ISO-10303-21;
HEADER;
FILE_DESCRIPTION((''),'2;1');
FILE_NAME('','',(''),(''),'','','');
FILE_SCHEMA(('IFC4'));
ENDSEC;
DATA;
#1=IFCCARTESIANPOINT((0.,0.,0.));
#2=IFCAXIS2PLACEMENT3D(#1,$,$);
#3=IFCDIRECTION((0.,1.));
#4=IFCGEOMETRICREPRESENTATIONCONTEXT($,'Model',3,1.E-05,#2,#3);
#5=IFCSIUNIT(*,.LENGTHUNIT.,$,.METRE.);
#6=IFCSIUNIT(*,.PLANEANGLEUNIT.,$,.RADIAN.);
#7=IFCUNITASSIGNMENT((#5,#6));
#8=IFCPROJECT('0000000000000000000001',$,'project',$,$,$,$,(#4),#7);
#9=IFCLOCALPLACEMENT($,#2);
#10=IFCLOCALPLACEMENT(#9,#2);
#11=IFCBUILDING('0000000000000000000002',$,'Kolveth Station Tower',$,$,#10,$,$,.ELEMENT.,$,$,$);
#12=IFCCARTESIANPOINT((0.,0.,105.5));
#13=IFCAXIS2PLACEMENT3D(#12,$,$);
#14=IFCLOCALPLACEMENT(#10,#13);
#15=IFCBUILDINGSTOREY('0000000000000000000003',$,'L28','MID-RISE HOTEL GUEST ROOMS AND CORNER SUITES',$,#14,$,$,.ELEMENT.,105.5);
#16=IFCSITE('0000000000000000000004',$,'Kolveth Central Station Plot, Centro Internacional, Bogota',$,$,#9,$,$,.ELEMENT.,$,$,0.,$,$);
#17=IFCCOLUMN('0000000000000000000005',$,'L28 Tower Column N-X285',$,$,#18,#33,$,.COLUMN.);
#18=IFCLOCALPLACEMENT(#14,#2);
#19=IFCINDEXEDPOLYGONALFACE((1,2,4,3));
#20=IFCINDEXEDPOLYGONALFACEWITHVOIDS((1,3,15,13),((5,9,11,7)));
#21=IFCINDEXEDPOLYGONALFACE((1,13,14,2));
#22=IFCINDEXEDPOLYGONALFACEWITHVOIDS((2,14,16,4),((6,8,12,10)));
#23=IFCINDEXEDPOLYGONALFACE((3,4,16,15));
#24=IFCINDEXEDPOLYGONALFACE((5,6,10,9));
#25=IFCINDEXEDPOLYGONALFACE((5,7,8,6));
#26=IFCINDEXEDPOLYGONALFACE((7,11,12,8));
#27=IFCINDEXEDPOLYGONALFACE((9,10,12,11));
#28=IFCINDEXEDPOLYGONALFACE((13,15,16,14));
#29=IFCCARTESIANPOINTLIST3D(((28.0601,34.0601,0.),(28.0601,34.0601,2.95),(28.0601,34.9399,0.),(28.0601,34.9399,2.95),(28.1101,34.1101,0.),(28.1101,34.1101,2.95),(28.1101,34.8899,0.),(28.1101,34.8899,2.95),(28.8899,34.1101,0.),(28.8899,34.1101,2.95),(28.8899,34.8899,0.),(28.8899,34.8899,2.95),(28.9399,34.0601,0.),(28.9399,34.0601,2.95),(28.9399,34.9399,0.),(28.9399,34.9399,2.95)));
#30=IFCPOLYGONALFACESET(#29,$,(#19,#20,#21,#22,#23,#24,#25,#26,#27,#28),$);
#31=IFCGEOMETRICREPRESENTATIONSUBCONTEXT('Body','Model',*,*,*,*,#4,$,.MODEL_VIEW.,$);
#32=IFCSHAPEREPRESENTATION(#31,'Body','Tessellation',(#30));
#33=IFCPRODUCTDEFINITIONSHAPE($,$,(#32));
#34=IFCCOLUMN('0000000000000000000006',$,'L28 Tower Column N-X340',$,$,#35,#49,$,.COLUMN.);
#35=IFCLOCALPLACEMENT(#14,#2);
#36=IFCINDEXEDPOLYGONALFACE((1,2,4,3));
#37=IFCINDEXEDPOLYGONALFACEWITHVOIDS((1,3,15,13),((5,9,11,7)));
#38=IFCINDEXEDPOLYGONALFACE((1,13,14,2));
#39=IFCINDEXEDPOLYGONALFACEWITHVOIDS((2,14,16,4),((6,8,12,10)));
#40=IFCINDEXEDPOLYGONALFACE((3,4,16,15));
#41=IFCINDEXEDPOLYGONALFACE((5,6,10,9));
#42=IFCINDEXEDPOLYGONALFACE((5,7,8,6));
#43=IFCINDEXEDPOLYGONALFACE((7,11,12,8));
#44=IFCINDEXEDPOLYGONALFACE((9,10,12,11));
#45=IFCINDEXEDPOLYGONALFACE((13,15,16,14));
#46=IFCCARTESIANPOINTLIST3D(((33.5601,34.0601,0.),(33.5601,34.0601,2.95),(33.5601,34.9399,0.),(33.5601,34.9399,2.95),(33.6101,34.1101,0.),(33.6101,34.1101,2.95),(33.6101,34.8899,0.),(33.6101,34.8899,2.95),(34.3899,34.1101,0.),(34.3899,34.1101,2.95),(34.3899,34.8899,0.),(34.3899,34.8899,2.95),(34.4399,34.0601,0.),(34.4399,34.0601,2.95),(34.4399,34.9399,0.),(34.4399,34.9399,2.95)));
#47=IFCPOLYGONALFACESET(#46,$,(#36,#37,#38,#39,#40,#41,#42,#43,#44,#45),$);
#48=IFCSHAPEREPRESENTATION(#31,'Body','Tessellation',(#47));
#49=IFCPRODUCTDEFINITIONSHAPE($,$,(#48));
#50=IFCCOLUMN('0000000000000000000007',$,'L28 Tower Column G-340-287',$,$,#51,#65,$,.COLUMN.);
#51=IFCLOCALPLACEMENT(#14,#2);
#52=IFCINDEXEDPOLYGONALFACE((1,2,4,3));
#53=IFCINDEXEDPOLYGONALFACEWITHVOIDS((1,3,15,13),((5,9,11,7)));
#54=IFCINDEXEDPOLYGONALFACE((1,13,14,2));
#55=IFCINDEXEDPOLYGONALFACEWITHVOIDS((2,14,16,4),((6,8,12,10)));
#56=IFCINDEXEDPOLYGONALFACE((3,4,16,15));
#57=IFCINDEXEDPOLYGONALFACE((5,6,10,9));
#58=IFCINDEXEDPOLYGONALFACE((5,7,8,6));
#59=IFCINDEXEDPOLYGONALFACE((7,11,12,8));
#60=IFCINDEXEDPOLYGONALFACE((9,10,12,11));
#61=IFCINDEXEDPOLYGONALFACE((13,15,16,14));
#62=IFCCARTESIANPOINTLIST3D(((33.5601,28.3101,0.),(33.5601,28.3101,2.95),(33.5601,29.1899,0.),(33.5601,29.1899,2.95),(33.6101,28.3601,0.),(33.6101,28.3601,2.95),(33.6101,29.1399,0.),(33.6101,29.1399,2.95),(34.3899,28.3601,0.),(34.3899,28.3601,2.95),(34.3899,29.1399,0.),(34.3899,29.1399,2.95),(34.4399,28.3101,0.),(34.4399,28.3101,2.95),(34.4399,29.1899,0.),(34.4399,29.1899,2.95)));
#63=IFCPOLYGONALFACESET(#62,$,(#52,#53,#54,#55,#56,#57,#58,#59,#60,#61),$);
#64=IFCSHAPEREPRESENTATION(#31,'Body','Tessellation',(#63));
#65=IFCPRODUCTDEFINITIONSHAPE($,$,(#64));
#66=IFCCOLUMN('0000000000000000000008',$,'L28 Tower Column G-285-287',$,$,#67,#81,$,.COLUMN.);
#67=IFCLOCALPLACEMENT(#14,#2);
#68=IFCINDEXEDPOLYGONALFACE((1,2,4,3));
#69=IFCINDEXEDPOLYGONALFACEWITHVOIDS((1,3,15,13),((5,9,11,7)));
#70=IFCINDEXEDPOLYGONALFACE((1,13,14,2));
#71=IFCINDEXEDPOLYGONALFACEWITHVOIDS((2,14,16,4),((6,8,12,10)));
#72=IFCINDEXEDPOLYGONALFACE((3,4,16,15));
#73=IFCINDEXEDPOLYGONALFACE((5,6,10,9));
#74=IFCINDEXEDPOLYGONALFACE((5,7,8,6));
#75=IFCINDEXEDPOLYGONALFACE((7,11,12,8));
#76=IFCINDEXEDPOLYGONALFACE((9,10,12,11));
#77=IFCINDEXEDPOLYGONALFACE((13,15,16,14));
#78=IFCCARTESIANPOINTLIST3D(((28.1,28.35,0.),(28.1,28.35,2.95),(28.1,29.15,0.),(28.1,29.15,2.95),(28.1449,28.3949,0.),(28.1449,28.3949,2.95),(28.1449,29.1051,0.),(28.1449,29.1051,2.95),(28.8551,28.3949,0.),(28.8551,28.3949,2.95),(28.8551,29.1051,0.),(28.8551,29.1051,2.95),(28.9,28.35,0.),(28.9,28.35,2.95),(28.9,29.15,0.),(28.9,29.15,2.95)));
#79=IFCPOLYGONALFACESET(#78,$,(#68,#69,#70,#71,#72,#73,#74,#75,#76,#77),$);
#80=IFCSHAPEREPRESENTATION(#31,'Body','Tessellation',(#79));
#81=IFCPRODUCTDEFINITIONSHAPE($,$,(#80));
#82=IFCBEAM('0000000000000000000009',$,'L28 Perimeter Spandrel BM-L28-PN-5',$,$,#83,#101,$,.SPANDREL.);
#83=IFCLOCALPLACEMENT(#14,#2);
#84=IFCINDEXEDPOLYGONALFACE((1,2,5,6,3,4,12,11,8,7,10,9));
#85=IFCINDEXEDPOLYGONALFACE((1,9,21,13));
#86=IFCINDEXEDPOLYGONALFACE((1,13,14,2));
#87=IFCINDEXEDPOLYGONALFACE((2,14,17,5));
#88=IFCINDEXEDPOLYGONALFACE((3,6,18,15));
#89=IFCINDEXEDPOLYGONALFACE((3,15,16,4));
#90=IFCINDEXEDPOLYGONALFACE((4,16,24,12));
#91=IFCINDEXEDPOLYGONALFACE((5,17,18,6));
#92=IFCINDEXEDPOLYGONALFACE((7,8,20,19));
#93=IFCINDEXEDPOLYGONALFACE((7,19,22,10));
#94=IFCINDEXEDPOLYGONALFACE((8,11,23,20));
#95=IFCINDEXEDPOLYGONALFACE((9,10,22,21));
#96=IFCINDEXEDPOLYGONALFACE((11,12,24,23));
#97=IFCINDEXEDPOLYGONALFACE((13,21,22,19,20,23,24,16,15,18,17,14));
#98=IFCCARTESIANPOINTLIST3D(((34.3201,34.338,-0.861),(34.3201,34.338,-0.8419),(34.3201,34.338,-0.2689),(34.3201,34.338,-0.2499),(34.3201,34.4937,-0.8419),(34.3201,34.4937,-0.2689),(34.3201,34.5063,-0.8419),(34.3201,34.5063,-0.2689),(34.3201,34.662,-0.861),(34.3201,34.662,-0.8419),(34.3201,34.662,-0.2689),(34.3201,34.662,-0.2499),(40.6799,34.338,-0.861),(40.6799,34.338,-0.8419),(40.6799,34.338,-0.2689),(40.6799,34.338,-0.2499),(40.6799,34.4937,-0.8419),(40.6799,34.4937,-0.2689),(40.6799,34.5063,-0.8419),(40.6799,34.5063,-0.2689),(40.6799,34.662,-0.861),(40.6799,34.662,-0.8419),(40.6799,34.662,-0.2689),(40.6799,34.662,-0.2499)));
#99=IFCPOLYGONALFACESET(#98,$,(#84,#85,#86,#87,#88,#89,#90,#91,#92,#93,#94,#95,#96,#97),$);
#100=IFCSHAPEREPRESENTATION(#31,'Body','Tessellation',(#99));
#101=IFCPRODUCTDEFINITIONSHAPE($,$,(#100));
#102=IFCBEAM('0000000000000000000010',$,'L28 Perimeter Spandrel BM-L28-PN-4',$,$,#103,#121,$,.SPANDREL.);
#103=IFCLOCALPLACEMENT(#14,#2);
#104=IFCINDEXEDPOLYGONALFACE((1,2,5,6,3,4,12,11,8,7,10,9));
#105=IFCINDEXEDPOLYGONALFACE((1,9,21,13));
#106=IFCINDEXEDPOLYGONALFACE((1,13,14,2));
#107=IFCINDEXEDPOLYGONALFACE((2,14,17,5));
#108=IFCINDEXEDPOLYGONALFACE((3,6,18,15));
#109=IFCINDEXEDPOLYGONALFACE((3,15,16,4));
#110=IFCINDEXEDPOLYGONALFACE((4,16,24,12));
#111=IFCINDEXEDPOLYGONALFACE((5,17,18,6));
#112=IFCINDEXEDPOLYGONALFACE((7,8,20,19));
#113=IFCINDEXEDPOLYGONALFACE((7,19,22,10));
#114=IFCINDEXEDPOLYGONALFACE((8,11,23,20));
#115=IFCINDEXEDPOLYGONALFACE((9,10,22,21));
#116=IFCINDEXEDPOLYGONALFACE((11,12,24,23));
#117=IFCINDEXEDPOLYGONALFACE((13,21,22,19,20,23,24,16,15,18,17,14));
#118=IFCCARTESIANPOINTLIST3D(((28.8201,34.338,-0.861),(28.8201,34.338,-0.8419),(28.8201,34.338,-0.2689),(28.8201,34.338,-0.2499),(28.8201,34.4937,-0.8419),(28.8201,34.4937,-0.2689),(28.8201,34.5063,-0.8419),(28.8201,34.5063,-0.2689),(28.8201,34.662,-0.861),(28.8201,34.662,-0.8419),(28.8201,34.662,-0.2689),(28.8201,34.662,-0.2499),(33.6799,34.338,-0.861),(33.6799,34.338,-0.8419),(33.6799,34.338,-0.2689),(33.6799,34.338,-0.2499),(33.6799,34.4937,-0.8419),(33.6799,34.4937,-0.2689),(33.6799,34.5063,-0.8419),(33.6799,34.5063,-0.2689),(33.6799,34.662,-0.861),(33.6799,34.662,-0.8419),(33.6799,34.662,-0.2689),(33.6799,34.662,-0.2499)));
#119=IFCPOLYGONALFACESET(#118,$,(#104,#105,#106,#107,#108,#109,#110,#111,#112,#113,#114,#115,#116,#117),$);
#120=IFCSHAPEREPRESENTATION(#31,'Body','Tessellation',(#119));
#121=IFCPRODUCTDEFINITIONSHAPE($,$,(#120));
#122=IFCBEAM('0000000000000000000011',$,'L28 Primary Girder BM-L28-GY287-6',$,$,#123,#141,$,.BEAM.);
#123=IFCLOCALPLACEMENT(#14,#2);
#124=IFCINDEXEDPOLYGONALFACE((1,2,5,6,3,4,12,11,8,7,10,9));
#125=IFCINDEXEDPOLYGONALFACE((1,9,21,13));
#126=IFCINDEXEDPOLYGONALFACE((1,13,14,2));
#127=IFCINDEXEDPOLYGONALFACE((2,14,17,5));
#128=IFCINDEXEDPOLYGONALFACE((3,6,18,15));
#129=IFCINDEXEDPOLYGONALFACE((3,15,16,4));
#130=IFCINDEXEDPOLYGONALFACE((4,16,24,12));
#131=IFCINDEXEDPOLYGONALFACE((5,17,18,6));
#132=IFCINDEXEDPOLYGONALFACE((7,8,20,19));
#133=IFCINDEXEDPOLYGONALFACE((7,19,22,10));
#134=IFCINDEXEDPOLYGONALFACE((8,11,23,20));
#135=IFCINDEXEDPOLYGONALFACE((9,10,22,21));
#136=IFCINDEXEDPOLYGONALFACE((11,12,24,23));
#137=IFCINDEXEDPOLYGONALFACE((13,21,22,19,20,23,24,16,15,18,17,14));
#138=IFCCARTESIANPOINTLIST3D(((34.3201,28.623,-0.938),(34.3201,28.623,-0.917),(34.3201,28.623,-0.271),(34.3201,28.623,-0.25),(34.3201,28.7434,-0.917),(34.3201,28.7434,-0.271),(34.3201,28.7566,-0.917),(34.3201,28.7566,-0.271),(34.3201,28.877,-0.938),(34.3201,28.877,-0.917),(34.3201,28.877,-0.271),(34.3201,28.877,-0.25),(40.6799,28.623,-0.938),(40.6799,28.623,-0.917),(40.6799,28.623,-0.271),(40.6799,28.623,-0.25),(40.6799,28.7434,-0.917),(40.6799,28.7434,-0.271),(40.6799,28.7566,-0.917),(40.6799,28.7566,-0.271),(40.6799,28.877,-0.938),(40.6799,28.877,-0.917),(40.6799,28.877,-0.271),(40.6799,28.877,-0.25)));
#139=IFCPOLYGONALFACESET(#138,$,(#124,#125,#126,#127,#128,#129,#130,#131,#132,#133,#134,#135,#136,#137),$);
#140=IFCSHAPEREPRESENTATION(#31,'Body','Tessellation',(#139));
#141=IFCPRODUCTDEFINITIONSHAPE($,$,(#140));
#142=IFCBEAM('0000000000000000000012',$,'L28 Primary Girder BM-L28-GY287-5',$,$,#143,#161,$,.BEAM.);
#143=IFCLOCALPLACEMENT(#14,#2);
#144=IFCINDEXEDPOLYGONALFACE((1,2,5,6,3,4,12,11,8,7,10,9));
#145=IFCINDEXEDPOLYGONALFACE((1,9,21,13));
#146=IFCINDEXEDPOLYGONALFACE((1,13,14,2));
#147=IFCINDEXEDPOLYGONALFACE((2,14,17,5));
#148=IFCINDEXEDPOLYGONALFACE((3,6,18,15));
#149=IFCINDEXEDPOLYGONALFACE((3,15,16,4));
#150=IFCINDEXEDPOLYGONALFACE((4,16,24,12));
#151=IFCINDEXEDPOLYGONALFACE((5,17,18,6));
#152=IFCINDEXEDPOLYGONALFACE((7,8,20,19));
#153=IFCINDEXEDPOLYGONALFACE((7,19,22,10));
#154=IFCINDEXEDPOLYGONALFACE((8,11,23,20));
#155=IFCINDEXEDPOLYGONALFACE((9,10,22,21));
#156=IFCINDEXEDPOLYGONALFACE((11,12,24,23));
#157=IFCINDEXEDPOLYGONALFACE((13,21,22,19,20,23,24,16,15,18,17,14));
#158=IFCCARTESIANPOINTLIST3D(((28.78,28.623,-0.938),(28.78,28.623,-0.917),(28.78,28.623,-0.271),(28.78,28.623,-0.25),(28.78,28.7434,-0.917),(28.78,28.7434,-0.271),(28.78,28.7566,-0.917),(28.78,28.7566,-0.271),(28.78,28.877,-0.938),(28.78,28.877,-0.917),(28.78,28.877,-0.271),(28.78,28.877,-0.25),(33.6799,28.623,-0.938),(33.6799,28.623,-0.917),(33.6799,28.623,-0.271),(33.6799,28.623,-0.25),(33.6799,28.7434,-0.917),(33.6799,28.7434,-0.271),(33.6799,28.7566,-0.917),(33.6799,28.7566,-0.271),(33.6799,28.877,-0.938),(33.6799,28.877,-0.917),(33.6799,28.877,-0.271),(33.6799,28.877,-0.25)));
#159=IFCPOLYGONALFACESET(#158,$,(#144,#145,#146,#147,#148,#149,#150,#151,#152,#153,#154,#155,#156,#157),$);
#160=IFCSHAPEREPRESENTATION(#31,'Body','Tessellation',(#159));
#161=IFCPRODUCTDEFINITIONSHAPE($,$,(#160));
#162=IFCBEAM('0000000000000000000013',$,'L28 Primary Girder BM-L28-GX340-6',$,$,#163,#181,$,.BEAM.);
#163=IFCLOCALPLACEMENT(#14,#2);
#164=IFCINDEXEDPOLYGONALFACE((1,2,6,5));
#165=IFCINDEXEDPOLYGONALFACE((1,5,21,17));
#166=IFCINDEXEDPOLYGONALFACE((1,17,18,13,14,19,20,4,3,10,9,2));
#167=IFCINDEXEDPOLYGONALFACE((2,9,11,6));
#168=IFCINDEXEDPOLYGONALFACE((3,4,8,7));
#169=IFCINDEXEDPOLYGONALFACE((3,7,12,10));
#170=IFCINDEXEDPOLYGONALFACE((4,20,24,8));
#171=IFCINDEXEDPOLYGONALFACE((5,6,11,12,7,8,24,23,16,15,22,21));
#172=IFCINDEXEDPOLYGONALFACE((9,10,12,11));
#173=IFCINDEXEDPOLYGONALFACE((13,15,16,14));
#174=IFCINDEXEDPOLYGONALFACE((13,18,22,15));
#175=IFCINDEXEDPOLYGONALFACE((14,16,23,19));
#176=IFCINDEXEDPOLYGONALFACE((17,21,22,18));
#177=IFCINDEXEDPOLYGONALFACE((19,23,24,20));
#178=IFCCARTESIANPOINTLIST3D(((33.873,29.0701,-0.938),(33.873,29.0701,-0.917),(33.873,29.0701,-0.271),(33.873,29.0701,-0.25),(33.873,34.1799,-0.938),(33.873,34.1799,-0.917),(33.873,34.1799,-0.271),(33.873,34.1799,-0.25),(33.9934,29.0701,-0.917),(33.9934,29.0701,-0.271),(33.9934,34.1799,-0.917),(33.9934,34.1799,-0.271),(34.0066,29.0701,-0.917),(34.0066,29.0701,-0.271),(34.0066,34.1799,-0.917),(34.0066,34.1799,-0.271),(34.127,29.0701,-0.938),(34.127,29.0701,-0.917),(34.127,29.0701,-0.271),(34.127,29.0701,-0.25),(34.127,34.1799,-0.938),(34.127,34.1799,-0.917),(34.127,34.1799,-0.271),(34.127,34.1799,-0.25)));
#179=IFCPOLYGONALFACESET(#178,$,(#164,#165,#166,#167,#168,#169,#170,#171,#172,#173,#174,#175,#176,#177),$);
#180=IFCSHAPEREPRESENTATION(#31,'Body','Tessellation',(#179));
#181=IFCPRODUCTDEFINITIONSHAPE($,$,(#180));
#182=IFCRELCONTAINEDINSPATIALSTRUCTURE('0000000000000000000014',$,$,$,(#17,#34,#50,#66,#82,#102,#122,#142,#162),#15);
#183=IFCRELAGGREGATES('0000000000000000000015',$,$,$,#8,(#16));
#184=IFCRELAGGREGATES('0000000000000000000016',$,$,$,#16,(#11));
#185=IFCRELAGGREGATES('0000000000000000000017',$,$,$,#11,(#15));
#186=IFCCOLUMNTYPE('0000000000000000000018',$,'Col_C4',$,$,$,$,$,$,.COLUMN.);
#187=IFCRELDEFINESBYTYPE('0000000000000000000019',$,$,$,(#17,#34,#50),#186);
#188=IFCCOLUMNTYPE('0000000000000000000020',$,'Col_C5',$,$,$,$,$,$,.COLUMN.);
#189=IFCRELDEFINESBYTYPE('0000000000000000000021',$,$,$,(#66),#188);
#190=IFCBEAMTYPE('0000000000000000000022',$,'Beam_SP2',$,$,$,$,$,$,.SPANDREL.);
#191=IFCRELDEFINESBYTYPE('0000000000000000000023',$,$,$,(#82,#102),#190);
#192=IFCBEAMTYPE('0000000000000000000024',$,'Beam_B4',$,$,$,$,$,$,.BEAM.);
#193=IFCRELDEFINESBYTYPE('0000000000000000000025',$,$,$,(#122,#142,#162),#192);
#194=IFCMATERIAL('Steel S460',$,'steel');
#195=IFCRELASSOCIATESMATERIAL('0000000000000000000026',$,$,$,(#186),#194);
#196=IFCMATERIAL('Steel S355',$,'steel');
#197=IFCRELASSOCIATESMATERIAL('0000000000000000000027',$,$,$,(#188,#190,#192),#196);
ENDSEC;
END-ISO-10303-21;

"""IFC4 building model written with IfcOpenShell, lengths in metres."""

from ifc_helpers import new_model, si_unit, direction, frame, origin, origin_2d, place, context, subcontext, project, spatial, hollow_rectangle, i_section, extrude, source, transform, mapped, material, material_profile, profile_set, type_object, element, save


model = new_model("IFC4")

# Units and contexts
model_context = context("Model", 3, precision=1e-05, world=origin(), true_north=direction((0.0, 1.0)))
body_context = subcontext(model_context, "Body", "Model", "MODEL_VIEW")
ifc_project = project(units=[si_unit("LENGTHUNIT", "METRE"), si_unit("PLANEANGLEUNIT", "RADIAN")], contexts=[model_context])

# Site, building, storey
site_placement = place(None, origin())
site = spatial("IfcSite", under=ifc_project, at=site_placement, Name="Kolveth Central Station Plot, Centro Internacional, Bogota", CompositionType="ELEMENT", RefElevation=0.0)
building_placement = place(site_placement, origin())
building = spatial("IfcBuilding", under=site, at=building_placement, Name="Kolveth Station Tower", CompositionType="ELEMENT")
storey_placement = place(building_placement, frame((0.0, 0.0, 105.5)))
storey = spatial("IfcBuildingStorey", under=building, at=storey_placement, Name="L28", Description="MID-RISE HOTEL GUEST ROOMS AND CORNER SUITES", CompositionType="ELEMENT", Elevation=105.5)

# Columns
ifc_material_1 = material(Name="Steel S460", Category="steel")
ifc_material_profile_1 = material_profile(ifc_material_1, hollow_rectangle(XDim=0.8799, YDim=0.8799, WallThickness=0.05, at=origin_2d()), Name="BOX880x880x50")
ifc_profile_set_1 = profile_set([ifc_material_profile_1], Name="Steel S460")
column_type_1 = type_object("IfcColumnType", Name="Col_C4", PredefinedType="COLUMN", material=ifc_profile_set_1)
shared_shape_1 = source(origin(), body_context, "Body", "SweptSolid", [
    extrude(hollow_rectangle(XDim=0.8799, YDim=0.8799, WallThickness=0.05, at=origin_2d()), origin(), (0.0, 0.0, 1.0), 2.95),
])
for number, where, z_axis, x_axis, name in (
    (1, (28.5, 34.5, 0.0), (0.0, 0.0, 1.0), (1.0, 0.0, 0.0), "L28 Tower Column N-X285"),
    (2, (34.0, 34.5, 0.0), (0.0, 0.0, 1.0), (1.0, 0.0, 0.0), "L28 Tower Column N-X340"),
    (3, (34.0, 28.75, 0.0), (0.0, 0.0, 1.0), (1.0, 0.0, 0.0), "L28 Tower Column G-340-287"),
):
    element("IfcColumn", number, at=place(storey_placement, frame(where, z_axis=z_axis, x_axis=x_axis)), inside=storey, type_object=column_type_1, Name=name, PredefinedType="COLUMN", context=body_context, shape_type="MappedRepresentation", body=[
        mapped(shared_shape_1, transform((0.0, 0.0, 0.0), x_axis=(1.0, 0.0, 0.0), y_axis=(0.0, 1.0, 0.0), z_axis=(0.0, 0.0, 1.0), scale=1.0)),
    ])
ifc_material_2 = material(Name="Steel S355", Category="steel")
ifc_material_profile_2 = material_profile(ifc_material_2, hollow_rectangle(XDim=0.8, YDim=0.8, WallThickness=0.0449, at=origin_2d()), Name="BOX800x800x45")
ifc_profile_set_2 = profile_set([ifc_material_profile_2], Name="Steel S355")
column_type_2 = type_object("IfcColumnType", Name="Col_C5", PredefinedType="COLUMN", material=ifc_profile_set_2)
shared_shape_2 = source(origin(), body_context, "Body", "SweptSolid", [
    extrude(hollow_rectangle(XDim=0.8, YDim=0.8, WallThickness=0.0449, at=origin_2d()), origin(), (0.0, 0.0, 1.0), 2.95),
])
column_placement = place(storey_placement, frame((28.5, 28.75, 0.0), z_axis=(0.0, 0.0, 1.0), x_axis=(1.0, 0.0, 0.0)))
element("IfcColumn", 4, at=column_placement, inside=storey, type_object=column_type_2, Name="L28 Tower Column G-285-287", PredefinedType="COLUMN", context=body_context, shape_type="MappedRepresentation", body=[
    mapped(shared_shape_2, transform((0.0, 0.0, 0.0), x_axis=(1.0, 0.0, 0.0), y_axis=(0.0, 1.0, 0.0), z_axis=(0.0, 0.0, 1.0), scale=1.0)),
])

# Beams
ifc_material_profile_3 = material_profile(ifc_material_2, i_section(OverallWidth=0.324, OverallDepth=0.6111, WebThickness=0.0127, FlangeThickness=0.019, at=origin_2d()), Name="W610x155")
ifc_profile_set_3 = profile_set([ifc_material_profile_3], Name="Steel S355")
beam_type_1 = type_object("IfcBeamType", Name="Beam_SP2", PredefinedType="SPANDREL", material=ifc_profile_set_3)
shared_shape_3 = source(origin(), body_context, "Body", "SweptSolid", [
    extrude(i_section(OverallWidth=0.324, OverallDepth=0.6111, WebThickness=0.0127, FlangeThickness=0.019, at=origin_2d()), origin(), (0.0, 0.0, 1.0), 6.3599),
])
beam_1_placement = place(storey_placement, frame((34.3201, 34.5, -0.5554), z_axis=(1.0, 0.0, 0.0), x_axis=(0.0, 1.0, 0.0)))
element("IfcBeam", 5, at=beam_1_placement, inside=storey, type_object=beam_type_1, Name="L28 Perimeter Spandrel BM-L28-PN-5", PredefinedType="SPANDREL", context=body_context, shape_type="MappedRepresentation", body=[
    mapped(shared_shape_3, transform((0.0, 0.0, 0.0), x_axis=(1.0, 0.0, 0.0), y_axis=(0.0, 1.0, 0.0), z_axis=(0.0, 0.0, 1.0), scale=1.0)),
])
shared_shape_4 = source(origin(), body_context, "Body", "SweptSolid", [
    extrude(i_section(OverallWidth=0.324, OverallDepth=0.6111, WebThickness=0.0127, FlangeThickness=0.019, at=origin_2d()), origin(), (0.0, 0.0, 1.0), 4.8599),
])
beam_2_placement = place(storey_placement, frame((28.8201, 34.5, -0.5554), z_axis=(1.0, 0.0, 0.0), x_axis=(0.0, 1.0, 0.0)))
element("IfcBeam", 6, at=beam_2_placement, inside=storey, type_object=beam_type_1, Name="L28 Perimeter Spandrel BM-L28-PN-4", PredefinedType="SPANDREL", context=body_context, shape_type="MappedRepresentation", body=[
    mapped(shared_shape_4, transform((0.0, 0.0, 0.0), x_axis=(1.0, 0.0, 0.0), y_axis=(0.0, 1.0, 0.0), z_axis=(0.0, 0.0, 1.0), scale=1.0)),
])
ifc_material_profile_4 = material_profile(ifc_material_2, i_section(OverallWidth=0.2539, OverallDepth=0.688, WebThickness=0.0132, FlangeThickness=0.021, at=origin_2d()), Name="W690x152")
ifc_profile_set_4 = profile_set([ifc_material_profile_4], Name="Steel S355")
beam_type_2 = type_object("IfcBeamType", Name="Beam_B4", PredefinedType="BEAM", material=ifc_profile_set_4)
shared_shape_5 = source(origin(), body_context, "Body", "SweptSolid", [
    extrude(i_section(OverallWidth=0.2539, OverallDepth=0.688, WebThickness=0.0132, FlangeThickness=0.021, at=origin_2d()), origin(), (0.0, 0.0, 1.0), 6.3599),
])
beam_3_placement = place(storey_placement, frame((34.3201, 28.75, -0.594), z_axis=(1.0, 0.0, 0.0), x_axis=(0.0, 1.0, 0.0)))
element("IfcBeam", 7, at=beam_3_placement, inside=storey, type_object=beam_type_2, Name="L28 Primary Girder BM-L28-GY287-6", PredefinedType="BEAM", context=body_context, shape_type="MappedRepresentation", body=[
    mapped(shared_shape_5, transform((0.0, 0.0, 0.0), x_axis=(1.0, 0.0, 0.0), y_axis=(0.0, 1.0, 0.0), z_axis=(0.0, 0.0, 1.0), scale=1.0)),
])
shared_shape_6 = source(origin(), body_context, "Body", "SweptSolid", [
    extrude(i_section(OverallWidth=0.2539, OverallDepth=0.688, WebThickness=0.0132, FlangeThickness=0.021, at=origin_2d()), origin(), (0.0, 0.0, 1.0), 4.8999),
])
beam_4_placement = place(storey_placement, frame((28.78, 28.75, -0.594), z_axis=(1.0, 0.0, 0.0), x_axis=(0.0, 1.0, 0.0)))
element("IfcBeam", 8, at=beam_4_placement, inside=storey, type_object=beam_type_2, Name="L28 Primary Girder BM-L28-GY287-5", PredefinedType="BEAM", context=body_context, shape_type="MappedRepresentation", body=[
    mapped(shared_shape_6, transform((0.0, 0.0, 0.0), x_axis=(1.0, 0.0, 0.0), y_axis=(0.0, 1.0, 0.0), z_axis=(0.0, 0.0, 1.0), scale=1.0)),
])
shared_shape_7 = source(origin(), body_context, "Body", "SweptSolid", [
    extrude(i_section(OverallWidth=0.2539, OverallDepth=0.688, WebThickness=0.0132, FlangeThickness=0.021, at=origin_2d()), origin(), (0.0, 0.0, 1.0), 5.1099),
])
beam_5_placement = place(storey_placement, frame((34.0, 29.0701, -0.594), z_axis=(0.0, 1.0, 0.0), x_axis=(-1.0, 0.0, 0.0)))
element("IfcBeam", 9, at=beam_5_placement, inside=storey, type_object=beam_type_2, Name="L28 Primary Girder BM-L28-GX340-6", PredefinedType="BEAM", context=body_context, shape_type="MappedRepresentation", body=[
    mapped(shared_shape_7, transform((0.0, 0.0, 0.0), x_axis=(1.0, 0.0, 0.0), y_axis=(0.0, 1.0, 0.0), z_axis=(0.0, 0.0, 1.0), scale=1.0)),
])

save(model, "model.ifc")
